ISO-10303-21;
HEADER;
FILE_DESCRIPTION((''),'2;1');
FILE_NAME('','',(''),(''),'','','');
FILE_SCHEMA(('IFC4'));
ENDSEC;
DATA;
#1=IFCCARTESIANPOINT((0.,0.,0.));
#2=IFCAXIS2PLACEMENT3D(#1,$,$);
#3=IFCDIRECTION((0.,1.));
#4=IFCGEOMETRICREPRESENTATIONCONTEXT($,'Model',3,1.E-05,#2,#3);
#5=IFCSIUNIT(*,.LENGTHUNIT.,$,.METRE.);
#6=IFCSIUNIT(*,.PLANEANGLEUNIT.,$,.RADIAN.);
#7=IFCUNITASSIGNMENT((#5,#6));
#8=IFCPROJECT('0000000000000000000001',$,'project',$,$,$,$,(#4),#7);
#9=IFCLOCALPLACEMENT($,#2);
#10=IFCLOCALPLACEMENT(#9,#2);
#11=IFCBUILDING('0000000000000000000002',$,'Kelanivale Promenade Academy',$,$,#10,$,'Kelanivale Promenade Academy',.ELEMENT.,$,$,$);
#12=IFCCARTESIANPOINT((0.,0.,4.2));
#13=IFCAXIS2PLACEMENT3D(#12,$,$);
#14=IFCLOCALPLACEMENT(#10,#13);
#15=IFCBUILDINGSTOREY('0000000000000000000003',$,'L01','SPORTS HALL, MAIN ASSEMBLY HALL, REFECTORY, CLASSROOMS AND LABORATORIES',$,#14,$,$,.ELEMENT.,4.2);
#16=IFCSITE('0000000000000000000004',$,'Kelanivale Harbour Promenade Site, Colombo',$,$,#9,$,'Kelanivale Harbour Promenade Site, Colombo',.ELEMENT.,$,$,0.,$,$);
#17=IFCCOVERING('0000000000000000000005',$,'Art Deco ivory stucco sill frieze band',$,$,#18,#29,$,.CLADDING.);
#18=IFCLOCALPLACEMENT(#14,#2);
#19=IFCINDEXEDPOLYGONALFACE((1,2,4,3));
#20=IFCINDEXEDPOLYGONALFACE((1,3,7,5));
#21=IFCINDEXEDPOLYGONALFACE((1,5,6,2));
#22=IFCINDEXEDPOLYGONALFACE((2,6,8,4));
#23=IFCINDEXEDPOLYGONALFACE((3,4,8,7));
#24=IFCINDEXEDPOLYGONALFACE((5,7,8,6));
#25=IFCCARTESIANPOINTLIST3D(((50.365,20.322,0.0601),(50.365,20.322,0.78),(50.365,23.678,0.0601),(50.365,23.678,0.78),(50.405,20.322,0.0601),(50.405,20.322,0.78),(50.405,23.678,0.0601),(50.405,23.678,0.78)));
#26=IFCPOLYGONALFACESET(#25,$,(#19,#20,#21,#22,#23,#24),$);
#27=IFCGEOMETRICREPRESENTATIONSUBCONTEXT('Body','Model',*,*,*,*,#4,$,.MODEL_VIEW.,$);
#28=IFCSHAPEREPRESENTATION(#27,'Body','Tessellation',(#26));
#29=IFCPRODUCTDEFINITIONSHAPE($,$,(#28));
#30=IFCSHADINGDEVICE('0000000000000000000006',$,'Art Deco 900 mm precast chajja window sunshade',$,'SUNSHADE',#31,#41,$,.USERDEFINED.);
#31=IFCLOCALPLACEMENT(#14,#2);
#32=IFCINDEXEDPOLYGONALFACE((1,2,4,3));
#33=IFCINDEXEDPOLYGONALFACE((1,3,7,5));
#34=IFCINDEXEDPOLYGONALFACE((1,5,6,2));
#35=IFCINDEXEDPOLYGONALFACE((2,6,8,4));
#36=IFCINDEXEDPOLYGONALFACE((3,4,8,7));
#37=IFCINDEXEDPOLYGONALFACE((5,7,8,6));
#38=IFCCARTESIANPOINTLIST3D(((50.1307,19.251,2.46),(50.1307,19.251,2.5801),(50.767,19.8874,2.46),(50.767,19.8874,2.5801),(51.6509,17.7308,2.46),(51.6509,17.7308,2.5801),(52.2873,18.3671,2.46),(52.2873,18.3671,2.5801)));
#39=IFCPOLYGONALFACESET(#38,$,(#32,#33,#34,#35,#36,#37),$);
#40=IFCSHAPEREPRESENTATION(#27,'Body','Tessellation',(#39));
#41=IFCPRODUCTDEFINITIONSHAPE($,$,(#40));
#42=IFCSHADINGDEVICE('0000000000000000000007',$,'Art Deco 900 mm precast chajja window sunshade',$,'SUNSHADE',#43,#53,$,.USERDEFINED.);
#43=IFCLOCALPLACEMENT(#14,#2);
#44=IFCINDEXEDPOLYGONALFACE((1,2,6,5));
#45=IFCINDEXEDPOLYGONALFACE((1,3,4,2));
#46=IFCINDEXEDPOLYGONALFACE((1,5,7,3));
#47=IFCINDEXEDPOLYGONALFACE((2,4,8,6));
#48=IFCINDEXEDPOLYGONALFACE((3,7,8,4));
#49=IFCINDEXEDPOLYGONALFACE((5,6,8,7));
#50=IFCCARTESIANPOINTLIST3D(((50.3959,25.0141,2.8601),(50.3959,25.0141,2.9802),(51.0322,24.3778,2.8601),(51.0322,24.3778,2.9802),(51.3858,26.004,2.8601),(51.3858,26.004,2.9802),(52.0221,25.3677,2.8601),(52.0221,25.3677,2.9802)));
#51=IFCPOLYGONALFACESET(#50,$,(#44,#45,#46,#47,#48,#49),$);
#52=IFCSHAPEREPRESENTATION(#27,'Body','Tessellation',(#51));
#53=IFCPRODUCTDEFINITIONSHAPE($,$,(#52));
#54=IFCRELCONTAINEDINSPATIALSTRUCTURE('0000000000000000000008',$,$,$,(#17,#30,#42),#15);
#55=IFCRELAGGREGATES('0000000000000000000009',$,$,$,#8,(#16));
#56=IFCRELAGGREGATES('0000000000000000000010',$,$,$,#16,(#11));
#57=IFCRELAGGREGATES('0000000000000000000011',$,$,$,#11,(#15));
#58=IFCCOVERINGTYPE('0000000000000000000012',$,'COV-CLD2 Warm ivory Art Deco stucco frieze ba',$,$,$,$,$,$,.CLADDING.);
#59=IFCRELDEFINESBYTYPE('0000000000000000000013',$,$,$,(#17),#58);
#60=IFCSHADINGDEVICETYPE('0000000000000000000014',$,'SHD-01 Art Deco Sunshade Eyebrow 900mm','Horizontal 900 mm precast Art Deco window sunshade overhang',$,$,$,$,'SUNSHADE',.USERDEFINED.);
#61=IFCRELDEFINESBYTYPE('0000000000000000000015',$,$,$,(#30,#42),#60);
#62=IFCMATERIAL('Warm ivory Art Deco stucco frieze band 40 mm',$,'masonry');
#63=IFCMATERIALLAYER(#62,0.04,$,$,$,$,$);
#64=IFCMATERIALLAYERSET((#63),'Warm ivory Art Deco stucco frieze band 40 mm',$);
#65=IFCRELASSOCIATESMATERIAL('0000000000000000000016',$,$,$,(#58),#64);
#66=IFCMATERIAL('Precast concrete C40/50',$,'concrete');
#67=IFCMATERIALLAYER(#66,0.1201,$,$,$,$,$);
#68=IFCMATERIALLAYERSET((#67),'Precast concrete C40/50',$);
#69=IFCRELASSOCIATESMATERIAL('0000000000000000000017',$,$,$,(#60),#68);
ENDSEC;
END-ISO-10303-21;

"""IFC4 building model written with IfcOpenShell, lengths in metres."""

from ifc_helpers import new_model, si_unit, direction, frame, origin, origin_2d, place, context, subcontext, project, spatial, rectangle, extrude, material, layer, layer_set, type_object, element, save


model = new_model("IFC4")

# Units and contexts
model_context = context("Model", 3, precision=1e-05, world=origin(), true_north=direction((0.0, 1.0)))
body_context = subcontext(model_context, "Body", "Model", "MODEL_VIEW")
ifc_project = project(units=[si_unit("LENGTHUNIT", "METRE"), si_unit("PLANEANGLEUNIT", "RADIAN")], contexts=[model_context])

# Site, building, storey
site_placement = place(None, origin())
site = spatial("IfcSite", under=ifc_project, at=site_placement, Name="Kelanivale Harbour Promenade Site, Colombo", LongName="Kelanivale Harbour Promenade Site, Colombo", CompositionType="ELEMENT", RefElevation=0.0)
building_placement = place(site_placement, origin())
building = spatial("IfcBuilding", under=site, at=building_placement, Name="Kelanivale Promenade Academy", LongName="Kelanivale Promenade Academy", CompositionType="ELEMENT")
storey_placement = place(building_placement, frame((0.0, 0.0, 4.2)))
storey = spatial("IfcBuildingStorey", under=building, at=storey_placement, Name="L01", Description="SPORTS HALL, MAIN ASSEMBLY HALL, REFECTORY, CLASSROOMS AND LABORATORIES", CompositionType="ELEMENT", Elevation=4.2)

# Covering
ifc_material_1 = material(Name="Warm ivory Art Deco stucco frieze band 40 mm", Category="masonry")
ifc_layer_1 = layer(ifc_material_1, 0.04)
ifc_layer_set_1 = layer_set([ifc_layer_1], Name="Warm ivory Art Deco stucco frieze band 40 mm")
covering_type = type_object("IfcCoveringType", Name="COV-CLD2 Warm ivory Art Deco stucco frieze ba", PredefinedType="CLADDING", material=ifc_layer_set_1)
covering_1_placement = place(storey_placement, frame((50.385, 22.0, 0.0601), z_axis=(0.0, 0.0, 1.0), x_axis=(0.0, -1.0, 0.0)))
element("IfcCovering", 1, at=covering_1_placement, inside=storey, type_object=covering_type, Name="Art Deco ivory stucco sill frieze band", PredefinedType="CLADDING", context=body_context, shape_type="SweptSolid", body=[
    extrude(rectangle(XDim=3.356, YDim=0.04, at=origin_2d()), origin(), (0.0, 0.0, 1.0), 0.72),
])

# Shading devices
ifc_material_2 = material(Name="Precast concrete C40/50", Category="concrete")
ifc_layer_2 = layer(ifc_material_2, 0.1201)
ifc_layer_set_2 = layer_set([ifc_layer_2], Name="Precast concrete C40/50")
shading_device_type = type_object("IfcShadingDeviceType", Name="SHD-01 Art Deco Sunshade Eyebrow 900mm", Description="Horizontal 900 mm precast Art Deco window sunshade overhang", ElementType="SUNSHADE", PredefinedType="USERDEFINED", material=ifc_layer_set_2)
shading_device_1_placement = place(storey_placement, frame((51.209, 18.8091, 2.46), z_axis=(0.0, 0.0, 1.0), x_axis=(0.707107, -0.707107, 0.0)))
element("IfcShadingDevice", 2, at=shading_device_1_placement, inside=storey, type_object=shading_device_type, Name="Art Deco 900 mm precast chajja window sunshade", ObjectType="SUNSHADE", PredefinedType="USERDEFINED", context=body_context, shape_type="SweptSolid", body=[
    extrude(rectangle(XDim=2.1499, YDim=0.8999, at=origin_2d()), origin(), (0.0, 0.0, 1.0), 0.1201),
])
shading_device_2_placement = place(storey_placement, frame((51.209, 25.1909, 2.8601), z_axis=(0.0, 0.0, 1.0), x_axis=(-0.707107, -0.707107, 0.0)))
element("IfcShadingDevice", 3, at=shading_device_2_placement, inside=storey, type_object=shading_device_type, Name="Art Deco 900 mm precast chajja window sunshade", ObjectType="SUNSHADE", PredefinedType="USERDEFINED", context=body_context, shape_type="SweptSolid", body=[
    extrude(rectangle(XDim=1.3999, YDim=0.8999, at=origin_2d()), origin(), (0.0, 0.0, 1.0), 0.1201),
])

save(model, "model.ifc")
